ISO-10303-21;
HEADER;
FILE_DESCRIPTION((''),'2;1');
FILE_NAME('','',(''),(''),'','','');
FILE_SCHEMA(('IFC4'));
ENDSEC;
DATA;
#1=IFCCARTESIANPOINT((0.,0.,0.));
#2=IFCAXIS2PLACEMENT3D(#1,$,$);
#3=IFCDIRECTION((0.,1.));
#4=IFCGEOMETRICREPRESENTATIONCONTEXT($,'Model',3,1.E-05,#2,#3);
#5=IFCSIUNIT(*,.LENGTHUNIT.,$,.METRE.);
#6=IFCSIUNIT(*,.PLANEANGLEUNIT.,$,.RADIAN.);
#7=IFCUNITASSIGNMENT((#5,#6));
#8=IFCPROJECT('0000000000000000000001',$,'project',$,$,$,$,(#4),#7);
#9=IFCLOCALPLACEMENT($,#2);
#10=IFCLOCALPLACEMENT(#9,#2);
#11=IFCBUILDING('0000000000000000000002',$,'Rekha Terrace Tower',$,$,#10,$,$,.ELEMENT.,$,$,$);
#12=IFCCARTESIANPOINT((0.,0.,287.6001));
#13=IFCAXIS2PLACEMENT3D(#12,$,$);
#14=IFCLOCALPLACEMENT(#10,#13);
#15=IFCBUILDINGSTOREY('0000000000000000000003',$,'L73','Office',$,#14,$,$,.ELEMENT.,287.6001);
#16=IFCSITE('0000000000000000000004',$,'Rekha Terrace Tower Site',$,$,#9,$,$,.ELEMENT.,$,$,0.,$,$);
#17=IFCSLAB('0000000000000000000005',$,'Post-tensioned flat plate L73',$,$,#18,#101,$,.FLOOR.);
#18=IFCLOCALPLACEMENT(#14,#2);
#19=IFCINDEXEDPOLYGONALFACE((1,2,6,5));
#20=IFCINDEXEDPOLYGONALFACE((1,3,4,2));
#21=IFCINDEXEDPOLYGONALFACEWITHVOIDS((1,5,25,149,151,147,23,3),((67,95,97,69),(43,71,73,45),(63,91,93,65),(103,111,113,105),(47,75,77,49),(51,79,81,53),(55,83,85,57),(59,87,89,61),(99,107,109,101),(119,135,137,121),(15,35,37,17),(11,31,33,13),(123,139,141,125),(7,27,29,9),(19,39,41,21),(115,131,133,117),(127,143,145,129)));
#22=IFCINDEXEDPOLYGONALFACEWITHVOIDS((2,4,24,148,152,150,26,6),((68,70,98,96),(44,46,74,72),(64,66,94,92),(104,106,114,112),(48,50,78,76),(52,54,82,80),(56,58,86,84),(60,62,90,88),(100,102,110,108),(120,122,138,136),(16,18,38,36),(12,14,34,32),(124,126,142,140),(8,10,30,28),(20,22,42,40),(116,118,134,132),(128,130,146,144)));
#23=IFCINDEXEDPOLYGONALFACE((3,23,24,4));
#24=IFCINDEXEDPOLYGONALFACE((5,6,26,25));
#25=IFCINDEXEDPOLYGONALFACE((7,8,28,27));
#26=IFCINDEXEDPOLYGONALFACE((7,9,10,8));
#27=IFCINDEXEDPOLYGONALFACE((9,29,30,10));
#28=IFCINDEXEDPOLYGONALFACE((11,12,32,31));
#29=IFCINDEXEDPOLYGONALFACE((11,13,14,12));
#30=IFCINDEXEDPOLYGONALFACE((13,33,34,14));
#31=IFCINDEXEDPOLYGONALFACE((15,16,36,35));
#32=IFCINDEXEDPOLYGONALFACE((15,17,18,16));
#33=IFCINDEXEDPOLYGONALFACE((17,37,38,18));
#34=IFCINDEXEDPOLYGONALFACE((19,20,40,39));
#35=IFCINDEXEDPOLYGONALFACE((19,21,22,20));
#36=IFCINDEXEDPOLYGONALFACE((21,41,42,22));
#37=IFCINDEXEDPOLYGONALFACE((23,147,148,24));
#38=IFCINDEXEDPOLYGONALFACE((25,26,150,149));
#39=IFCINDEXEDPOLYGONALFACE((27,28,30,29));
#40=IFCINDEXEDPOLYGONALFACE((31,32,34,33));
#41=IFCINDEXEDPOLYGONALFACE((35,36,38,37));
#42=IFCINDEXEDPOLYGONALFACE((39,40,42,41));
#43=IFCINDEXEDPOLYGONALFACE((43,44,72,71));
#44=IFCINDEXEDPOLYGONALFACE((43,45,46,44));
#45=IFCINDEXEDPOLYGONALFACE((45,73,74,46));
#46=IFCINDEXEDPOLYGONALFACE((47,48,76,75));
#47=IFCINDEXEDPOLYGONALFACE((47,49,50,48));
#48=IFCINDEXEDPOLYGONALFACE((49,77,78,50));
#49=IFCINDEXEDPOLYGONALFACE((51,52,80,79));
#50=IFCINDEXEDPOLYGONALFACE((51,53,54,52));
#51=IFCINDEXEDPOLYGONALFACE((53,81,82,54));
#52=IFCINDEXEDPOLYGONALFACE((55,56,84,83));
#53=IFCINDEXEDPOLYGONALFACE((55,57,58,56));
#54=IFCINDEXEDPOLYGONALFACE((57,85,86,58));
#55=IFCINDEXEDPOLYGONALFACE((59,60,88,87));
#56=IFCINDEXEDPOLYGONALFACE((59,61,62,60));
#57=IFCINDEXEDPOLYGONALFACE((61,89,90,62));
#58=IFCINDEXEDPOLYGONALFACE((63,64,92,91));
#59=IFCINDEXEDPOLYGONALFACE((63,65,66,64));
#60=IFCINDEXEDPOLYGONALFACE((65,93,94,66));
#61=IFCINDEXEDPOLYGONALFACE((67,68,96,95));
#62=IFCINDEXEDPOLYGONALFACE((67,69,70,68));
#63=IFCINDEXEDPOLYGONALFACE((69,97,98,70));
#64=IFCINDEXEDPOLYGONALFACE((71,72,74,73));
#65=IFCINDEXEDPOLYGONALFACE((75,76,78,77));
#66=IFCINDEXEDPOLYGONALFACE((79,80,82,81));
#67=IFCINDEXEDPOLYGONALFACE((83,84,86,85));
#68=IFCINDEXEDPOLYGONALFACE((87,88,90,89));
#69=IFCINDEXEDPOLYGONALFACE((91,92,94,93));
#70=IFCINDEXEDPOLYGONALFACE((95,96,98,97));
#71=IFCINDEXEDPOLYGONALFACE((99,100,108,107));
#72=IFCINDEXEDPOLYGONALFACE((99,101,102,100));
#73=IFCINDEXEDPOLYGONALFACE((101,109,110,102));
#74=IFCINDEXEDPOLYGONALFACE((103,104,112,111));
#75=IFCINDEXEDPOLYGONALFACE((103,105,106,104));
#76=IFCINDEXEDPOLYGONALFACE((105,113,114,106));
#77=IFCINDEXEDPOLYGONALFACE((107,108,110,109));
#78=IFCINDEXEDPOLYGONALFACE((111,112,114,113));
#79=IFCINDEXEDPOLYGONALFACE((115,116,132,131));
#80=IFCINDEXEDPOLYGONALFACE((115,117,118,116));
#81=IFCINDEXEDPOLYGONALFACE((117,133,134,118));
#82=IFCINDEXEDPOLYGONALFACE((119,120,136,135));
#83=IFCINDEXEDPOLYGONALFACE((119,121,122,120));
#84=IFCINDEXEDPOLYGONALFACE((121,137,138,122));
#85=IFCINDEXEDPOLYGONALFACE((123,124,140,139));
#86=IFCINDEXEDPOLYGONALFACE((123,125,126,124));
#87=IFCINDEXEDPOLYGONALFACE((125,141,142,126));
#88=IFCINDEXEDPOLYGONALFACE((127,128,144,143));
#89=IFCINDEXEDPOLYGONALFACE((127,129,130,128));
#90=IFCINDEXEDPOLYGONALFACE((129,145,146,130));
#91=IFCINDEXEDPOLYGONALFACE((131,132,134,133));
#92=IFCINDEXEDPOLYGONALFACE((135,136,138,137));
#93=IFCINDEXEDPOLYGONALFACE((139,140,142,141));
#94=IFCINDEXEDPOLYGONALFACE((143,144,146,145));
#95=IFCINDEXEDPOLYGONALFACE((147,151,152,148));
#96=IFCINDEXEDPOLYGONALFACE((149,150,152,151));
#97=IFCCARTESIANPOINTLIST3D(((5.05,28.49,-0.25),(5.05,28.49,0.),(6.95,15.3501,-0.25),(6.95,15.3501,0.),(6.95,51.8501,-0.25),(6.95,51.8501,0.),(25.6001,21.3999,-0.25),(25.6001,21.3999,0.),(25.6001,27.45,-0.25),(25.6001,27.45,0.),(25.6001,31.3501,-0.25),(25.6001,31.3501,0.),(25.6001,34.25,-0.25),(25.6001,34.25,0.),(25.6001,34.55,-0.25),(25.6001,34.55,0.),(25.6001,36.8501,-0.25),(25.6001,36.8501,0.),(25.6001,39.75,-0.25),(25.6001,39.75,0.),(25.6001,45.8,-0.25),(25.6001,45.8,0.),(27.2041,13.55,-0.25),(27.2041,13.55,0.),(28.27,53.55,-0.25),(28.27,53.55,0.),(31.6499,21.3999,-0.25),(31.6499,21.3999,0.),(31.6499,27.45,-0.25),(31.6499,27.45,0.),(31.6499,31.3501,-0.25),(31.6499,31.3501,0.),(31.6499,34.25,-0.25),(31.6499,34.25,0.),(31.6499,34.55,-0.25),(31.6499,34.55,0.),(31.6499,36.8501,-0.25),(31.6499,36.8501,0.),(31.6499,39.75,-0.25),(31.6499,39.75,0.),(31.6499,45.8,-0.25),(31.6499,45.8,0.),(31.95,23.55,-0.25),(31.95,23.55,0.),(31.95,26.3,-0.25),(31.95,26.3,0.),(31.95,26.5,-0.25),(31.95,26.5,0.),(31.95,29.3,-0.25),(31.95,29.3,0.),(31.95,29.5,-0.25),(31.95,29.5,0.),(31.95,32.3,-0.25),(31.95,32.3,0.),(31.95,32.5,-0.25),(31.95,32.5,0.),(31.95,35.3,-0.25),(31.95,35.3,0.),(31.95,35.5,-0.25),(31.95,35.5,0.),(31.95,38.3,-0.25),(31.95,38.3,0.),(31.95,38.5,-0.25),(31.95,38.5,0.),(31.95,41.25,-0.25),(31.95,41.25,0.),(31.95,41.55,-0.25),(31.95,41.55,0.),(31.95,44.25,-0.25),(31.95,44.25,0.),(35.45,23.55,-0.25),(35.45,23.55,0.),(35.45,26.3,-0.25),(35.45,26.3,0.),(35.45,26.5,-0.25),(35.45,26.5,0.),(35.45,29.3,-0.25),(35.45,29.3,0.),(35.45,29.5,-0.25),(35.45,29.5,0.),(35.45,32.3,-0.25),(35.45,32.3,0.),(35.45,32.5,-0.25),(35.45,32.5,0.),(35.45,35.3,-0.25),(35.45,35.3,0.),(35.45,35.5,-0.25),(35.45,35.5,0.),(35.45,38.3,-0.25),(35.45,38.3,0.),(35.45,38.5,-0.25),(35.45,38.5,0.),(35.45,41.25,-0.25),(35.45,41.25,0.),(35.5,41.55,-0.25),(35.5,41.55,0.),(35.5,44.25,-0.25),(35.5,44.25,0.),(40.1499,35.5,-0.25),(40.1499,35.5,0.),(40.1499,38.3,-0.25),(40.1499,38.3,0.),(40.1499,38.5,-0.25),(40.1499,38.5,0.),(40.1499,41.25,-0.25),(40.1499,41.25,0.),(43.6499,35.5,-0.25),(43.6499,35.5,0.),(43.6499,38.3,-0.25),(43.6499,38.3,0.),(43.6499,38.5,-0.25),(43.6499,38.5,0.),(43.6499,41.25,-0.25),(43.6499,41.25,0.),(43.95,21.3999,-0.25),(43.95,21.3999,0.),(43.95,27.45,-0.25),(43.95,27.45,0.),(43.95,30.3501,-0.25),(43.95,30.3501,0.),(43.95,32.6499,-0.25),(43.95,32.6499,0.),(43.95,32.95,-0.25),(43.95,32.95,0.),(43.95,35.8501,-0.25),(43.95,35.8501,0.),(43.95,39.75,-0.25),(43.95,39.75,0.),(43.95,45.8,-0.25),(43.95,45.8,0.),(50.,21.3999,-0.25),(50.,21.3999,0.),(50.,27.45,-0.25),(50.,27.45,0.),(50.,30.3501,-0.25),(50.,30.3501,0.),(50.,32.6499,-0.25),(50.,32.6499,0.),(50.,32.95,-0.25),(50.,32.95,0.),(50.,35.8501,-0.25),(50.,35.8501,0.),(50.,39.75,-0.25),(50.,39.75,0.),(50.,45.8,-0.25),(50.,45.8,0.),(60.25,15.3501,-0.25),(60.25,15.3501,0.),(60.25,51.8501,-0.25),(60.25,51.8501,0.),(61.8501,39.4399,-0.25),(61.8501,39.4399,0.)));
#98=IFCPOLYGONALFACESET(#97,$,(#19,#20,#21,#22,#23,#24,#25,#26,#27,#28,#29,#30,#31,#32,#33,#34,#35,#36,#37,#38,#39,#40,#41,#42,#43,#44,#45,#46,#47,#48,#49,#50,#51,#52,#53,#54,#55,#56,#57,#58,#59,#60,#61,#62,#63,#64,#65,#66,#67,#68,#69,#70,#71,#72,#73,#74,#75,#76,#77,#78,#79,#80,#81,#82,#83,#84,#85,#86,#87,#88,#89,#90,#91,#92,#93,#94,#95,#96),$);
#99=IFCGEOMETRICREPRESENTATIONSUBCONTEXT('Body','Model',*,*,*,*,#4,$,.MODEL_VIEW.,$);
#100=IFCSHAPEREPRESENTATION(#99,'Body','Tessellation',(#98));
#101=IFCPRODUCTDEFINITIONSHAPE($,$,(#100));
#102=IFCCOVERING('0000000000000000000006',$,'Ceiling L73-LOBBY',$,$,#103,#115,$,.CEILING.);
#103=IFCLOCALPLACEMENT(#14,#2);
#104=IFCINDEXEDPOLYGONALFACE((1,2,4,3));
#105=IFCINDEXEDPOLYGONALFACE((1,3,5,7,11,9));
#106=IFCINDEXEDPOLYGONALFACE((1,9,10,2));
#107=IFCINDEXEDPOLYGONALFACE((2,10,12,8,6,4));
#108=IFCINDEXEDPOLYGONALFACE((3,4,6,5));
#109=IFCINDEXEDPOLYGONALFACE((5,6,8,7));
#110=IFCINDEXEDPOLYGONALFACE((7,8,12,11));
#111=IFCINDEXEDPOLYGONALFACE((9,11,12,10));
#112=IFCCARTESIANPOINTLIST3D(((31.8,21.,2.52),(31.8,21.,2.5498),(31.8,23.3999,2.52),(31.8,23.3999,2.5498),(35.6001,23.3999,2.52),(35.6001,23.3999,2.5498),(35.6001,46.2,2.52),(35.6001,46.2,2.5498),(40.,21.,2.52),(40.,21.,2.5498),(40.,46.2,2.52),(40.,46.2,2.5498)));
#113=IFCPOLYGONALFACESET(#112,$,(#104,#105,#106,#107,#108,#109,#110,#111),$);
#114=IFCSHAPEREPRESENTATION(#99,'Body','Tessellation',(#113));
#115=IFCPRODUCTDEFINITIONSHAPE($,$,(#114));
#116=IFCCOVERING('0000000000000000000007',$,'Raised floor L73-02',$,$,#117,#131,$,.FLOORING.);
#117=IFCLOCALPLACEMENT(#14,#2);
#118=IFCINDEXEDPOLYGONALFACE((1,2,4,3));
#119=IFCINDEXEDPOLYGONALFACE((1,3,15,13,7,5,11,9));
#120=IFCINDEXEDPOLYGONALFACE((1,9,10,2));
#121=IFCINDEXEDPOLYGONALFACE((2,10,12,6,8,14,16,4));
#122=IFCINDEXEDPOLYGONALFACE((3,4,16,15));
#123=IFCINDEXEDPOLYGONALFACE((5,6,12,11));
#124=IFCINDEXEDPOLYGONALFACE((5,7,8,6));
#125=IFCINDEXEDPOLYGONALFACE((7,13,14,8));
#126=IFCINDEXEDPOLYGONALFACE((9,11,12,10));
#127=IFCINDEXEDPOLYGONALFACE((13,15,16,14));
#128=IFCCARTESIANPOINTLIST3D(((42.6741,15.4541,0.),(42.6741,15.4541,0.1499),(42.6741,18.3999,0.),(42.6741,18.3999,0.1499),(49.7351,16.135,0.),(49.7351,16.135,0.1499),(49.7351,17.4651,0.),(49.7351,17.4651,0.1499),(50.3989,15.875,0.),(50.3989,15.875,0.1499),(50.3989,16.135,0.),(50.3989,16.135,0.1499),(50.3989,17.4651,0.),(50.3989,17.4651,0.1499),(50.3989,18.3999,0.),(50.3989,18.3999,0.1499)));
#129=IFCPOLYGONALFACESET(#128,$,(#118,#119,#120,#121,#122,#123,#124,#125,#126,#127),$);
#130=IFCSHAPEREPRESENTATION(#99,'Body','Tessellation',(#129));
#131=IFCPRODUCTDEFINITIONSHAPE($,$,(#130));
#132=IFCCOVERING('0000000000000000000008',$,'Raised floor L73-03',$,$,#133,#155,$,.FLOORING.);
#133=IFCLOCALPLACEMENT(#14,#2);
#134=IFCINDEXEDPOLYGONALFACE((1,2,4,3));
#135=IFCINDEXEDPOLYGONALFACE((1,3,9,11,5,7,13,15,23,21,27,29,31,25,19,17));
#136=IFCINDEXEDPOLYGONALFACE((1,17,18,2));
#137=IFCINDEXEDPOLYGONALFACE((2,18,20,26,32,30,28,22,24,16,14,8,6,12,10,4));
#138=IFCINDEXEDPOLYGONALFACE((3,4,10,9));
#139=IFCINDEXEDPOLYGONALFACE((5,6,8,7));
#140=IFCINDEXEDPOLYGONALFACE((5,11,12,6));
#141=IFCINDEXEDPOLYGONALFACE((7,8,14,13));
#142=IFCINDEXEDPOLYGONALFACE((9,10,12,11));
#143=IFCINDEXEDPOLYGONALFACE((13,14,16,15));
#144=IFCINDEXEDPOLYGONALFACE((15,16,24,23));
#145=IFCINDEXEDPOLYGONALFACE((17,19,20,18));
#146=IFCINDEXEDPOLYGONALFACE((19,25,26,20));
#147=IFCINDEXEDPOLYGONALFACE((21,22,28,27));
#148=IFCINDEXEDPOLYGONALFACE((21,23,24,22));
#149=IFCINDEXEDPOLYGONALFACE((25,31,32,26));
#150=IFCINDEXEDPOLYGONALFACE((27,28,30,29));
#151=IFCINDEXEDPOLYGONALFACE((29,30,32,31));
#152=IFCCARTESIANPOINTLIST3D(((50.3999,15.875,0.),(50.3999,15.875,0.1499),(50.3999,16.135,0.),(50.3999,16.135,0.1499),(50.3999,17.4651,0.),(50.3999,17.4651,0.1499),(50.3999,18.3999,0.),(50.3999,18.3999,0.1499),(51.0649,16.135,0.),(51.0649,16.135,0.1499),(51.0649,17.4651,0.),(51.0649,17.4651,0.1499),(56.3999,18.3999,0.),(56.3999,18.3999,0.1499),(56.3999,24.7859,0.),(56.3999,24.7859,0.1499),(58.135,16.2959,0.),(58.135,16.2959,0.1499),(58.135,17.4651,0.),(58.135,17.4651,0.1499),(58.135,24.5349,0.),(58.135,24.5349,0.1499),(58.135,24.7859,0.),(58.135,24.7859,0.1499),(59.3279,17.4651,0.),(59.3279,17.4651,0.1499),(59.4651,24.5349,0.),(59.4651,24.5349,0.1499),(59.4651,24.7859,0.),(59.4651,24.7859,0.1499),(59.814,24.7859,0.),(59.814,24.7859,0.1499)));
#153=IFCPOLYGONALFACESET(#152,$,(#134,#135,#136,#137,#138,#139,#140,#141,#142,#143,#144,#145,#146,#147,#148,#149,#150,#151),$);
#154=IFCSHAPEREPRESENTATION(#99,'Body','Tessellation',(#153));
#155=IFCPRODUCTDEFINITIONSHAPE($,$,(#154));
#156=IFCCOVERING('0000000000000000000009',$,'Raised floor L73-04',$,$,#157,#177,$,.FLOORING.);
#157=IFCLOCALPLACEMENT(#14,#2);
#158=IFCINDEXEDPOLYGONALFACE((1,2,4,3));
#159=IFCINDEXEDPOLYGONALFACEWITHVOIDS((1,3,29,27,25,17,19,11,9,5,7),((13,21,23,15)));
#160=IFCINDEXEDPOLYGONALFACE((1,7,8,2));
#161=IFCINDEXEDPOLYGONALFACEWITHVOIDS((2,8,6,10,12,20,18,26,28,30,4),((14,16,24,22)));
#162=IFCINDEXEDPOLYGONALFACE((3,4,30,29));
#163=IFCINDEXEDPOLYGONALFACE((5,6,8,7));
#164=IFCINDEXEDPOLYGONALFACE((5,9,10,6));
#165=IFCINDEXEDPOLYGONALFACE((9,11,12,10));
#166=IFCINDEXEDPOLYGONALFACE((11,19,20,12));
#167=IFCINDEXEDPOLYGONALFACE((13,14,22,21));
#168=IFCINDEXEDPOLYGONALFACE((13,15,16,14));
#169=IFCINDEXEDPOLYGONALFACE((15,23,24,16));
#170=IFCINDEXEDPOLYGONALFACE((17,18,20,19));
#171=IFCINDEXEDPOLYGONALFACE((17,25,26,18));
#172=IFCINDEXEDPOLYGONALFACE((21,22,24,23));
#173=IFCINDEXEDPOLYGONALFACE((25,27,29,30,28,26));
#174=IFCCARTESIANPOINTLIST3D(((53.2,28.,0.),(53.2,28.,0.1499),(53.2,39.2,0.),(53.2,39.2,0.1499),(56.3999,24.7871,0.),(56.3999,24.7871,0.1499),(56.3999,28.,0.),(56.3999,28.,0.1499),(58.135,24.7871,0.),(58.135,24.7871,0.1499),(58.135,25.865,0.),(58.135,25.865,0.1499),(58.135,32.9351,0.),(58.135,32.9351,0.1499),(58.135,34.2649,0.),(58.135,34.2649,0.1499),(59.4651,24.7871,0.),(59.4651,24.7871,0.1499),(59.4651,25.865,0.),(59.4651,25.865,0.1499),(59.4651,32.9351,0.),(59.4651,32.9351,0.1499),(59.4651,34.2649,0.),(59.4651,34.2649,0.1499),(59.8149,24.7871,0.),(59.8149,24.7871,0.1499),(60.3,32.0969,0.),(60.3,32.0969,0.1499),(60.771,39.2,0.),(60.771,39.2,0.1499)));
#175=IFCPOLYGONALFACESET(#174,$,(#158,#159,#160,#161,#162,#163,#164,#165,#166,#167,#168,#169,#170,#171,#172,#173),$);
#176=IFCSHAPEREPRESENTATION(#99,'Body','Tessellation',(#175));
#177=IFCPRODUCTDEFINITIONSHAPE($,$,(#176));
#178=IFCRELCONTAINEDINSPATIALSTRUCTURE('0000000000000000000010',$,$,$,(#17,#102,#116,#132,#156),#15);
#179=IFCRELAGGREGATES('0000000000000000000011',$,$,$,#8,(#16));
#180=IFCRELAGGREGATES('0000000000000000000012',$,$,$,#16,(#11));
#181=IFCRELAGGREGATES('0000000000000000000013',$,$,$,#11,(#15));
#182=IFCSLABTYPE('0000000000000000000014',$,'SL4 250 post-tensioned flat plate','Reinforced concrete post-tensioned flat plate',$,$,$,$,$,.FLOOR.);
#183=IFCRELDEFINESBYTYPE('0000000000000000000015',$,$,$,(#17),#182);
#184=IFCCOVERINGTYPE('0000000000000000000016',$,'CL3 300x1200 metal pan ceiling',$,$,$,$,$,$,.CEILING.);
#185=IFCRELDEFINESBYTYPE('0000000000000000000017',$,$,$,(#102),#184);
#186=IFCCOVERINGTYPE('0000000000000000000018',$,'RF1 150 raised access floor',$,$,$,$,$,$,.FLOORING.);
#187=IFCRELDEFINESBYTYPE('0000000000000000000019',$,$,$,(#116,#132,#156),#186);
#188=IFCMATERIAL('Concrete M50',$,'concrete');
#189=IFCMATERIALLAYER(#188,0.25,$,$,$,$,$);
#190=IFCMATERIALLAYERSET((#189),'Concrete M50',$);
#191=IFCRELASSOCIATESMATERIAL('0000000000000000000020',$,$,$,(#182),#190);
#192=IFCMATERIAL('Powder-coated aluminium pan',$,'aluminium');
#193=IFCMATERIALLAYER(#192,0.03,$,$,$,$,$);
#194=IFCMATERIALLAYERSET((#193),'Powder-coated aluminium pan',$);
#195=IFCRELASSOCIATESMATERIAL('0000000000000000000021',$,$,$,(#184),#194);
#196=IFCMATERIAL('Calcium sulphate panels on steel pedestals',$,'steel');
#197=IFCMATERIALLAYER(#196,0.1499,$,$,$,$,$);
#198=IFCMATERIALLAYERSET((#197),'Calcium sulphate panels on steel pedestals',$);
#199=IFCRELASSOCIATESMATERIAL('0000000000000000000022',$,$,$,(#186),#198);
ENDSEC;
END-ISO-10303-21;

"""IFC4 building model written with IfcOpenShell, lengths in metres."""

from ifc_helpers import new_model, si_unit, direction, frame, origin, place, context, subcontext, project, spatial, polyline, outline, extrude, material, layer, layer_set, type_object, element, save


model = new_model("IFC4")

# Units and contexts
model_context = context("Model", 3, precision=1e-05, world=origin(), true_north=direction((0.0, 1.0)))
body_context = subcontext(model_context, "Body", "Model", "MODEL_VIEW")
ifc_project = project(units=[si_unit("LENGTHUNIT", "METRE"), si_unit("PLANEANGLEUNIT", "RADIAN")], contexts=[model_context])

# Site, building, storey
site_placement = place(None, origin())
site = spatial("IfcSite", under=ifc_project, at=site_placement, Name="Rekha Terrace Tower Site", CompositionType="ELEMENT", RefElevation=0.0)
building_placement = place(site_placement, origin())
building = spatial("IfcBuilding", under=site, at=building_placement, Name="Rekha Terrace Tower", CompositionType="ELEMENT")
storey_placement = place(building_placement, frame((0.0, 0.0, 287.6001)))
storey = spatial("IfcBuildingStorey", under=building, at=storey_placement, Name="L73", Description="Office", CompositionType="ELEMENT", Elevation=287.6001)

# Slab
ifc_material_1 = material(Name="Concrete M50", Category="concrete")
ifc_layer_1 = layer(ifc_material_1, 0.25)
ifc_layer_set_1 = layer_set([ifc_layer_1], Name="Concrete M50")
slab_type_1 = type_object("IfcSlabType", Name="SL4 250 post-tensioned flat plate", Description="Reinforced concrete post-tensioned flat plate", PredefinedType="FLOOR", material=ifc_layer_set_1)
slab_1_placement = place(storey_placement, frame((0.0, 0.0, -0.25)))
element("IfcSlab", 1, at=slab_1_placement, inside=storey, type_object=slab_type_1, Name="Post-tensioned flat plate L73", PredefinedType="FLOOR", context=body_context, shape_type="SweptSolid", body=[
    extrude(outline(polyline([(5.05, 28.49), (6.95, 15.3501), (27.2041, 13.55), (60.25, 15.3501), (61.8501, 39.4399), (60.25, 51.8501), (28.27, 53.55), (6.95, 51.8501), (5.05, 28.49)]), holes=[polyline([(31.6499, 27.45), (31.6499, 21.3999), (25.6001, 21.3999), (25.6001, 27.45), (31.6499, 27.45)]), polyline([(35.45, 26.3), (35.45, 23.55), (31.95, 23.55), (31.95, 26.3), (35.45, 26.3)]), polyline([(35.45, 29.3), (35.45, 26.5), (31.95, 26.5), (31.95, 29.3), (35.45, 29.3)]), polyline([(35.45, 32.3), (35.45, 29.5), (31.95, 29.5), (31.95, 32.3), (35.45, 32.3)]), polyline([(31.6499, 34.25), (31.6499, 31.3501), (25.6001, 31.3501), (25.6001, 34.25), (31.6499, 34.25)]), polyline([(35.45, 35.3), (35.45, 32.5), (31.95, 32.5), (31.95, 35.3), (35.45, 35.3)]), polyline([(31.6499, 36.8501), (31.6499, 34.55), (25.6001, 34.55), (25.6001, 36.8501), (31.6499, 36.8501)]), polyline([(35.45, 38.3), (35.45, 35.5), (31.95, 35.5), (31.95, 38.3), (35.45, 38.3)]), polyline([(31.6499, 45.8), (31.6499, 39.75), (25.6001, 39.75), (25.6001, 45.8), (31.6499, 45.8)]), polyline([(50.0, 27.45), (50.0, 21.3999), (43.95, 21.3999), (43.95, 27.45), (50.0, 27.45)]), polyline([(50.0, 32.6499), (50.0, 30.3501), (43.95, 30.3501), (43.95, 32.6499), (50.0, 32.6499)]), polyline([(50.0, 35.8501), (50.0, 32.95), (43.95, 32.95), (43.95, 35.8501), (50.0, 35.8501)]), polyline([(43.6499, 38.3), (43.6499, 35.5), (40.1499, 35.5), (40.1499, 38.3), (43.6499, 38.3)]), polyline([(35.45, 41.25), (35.45, 38.5), (31.95, 38.5), (31.95, 41.25), (35.45, 41.25)]), polyline([(43.6499, 41.25), (43.6499, 38.5), (40.1499, 38.5), (40.1499, 41.25), (43.6499, 41.25)]), polyline([(50.0, 39.75), (43.95, 39.75), (43.95, 45.8), (50.0, 45.8), (50.0, 39.75)]), polyline([(35.5, 41.55), (31.95, 41.55), (31.95, 44.25), (35.5, 44.25), (35.5, 41.55)])]), origin(), (0.0, 0.0, 1.0), 0.25),
])

# Coverings
ifc_material_2 = material(Name="Powder-coated aluminium pan", Category="aluminium")
ifc_layer_2 = layer(ifc_material_2, 0.03)
ifc_layer_set_2 = layer_set([ifc_layer_2], Name="Powder-coated aluminium pan")
covering_type_1 = type_object("IfcCoveringType", Name="CL3 300x1200 metal pan ceiling", PredefinedType="CEILING", material=ifc_layer_set_2)
covering_1_placement = place(storey_placement, frame((0.0, 0.0, 2.52)))
element("IfcCovering", 2, at=covering_1_placement, inside=storey, type_object=covering_type_1, Name="Ceiling L73-LOBBY", PredefinedType="CEILING", context=body_context, shape_type="SweptSolid", body=[
    extrude(outline(polyline([(35.6001, 46.2), (35.6001, 23.3999), (31.8, 23.3999), (31.8, 21.0), (40.0, 21.0), (40.0, 46.2), (35.6001, 46.2)])), origin(), (0.0, 0.0, 1.0), 0.0298),
])
ifc_material_3 = material(Name="Calcium sulphate panels on steel pedestals", Category="steel")
ifc_layer_3 = layer(ifc_material_3, 0.1499)
ifc_layer_set_3 = layer_set([ifc_layer_3], Name="Calcium sulphate panels on steel pedestals")
covering_type_2 = type_object("IfcCoveringType", Name="RF1 150 raised access floor", PredefinedType="FLOORING", material=ifc_layer_set_3)
covering_2_placement = place(storey_placement, origin())
element("IfcCovering", 3, at=covering_2_placement, inside=storey, type_object=covering_type_2, Name="Raised floor L73-02", PredefinedType="FLOORING", context=body_context, shape_type="SweptSolid", body=[
    extrude(outline(polyline([(50.3989, 17.4651), (50.3989, 18.3999), (42.6741, 18.3999), (42.6741, 15.4541), (50.3989, 15.875), (50.3989, 16.135), (49.7351, 16.135), (49.7351, 17.4651), (50.3989, 17.4651)])), origin(), (0.0, 0.0, 1.0), 0.1499),
])
covering_3_placement = place(storey_placement, origin())
element("IfcCovering", 4, at=covering_3_placement, inside=storey, type_object=covering_type_2, Name="Raised floor L73-03", PredefinedType="FLOORING", context=body_context, shape_type="SweptSolid", body=[
    extrude(outline(polyline([(58.135, 17.4651), (59.3279, 17.4651), (59.814, 24.7859), (59.4651, 24.7859), (59.4651, 24.5349), (58.135, 24.5349), (58.135, 24.7859), (56.3999, 24.7859), (56.3999, 18.3999), (50.3999, 18.3999), (50.3999, 17.4651), (51.0649, 17.4651), (51.0649, 16.135), (50.3999, 16.135), (50.3999, 15.875), (58.135, 16.2959), (58.135, 17.4651)])), origin(), (0.0, 0.0, 1.0), 0.1499),
])
covering_4_placement = place(storey_placement, origin())
element("IfcCovering", 5, at=covering_4_placement, inside=storey, type_object=covering_type_2, Name="Raised floor L73-04", PredefinedType="FLOORING", context=body_context, shape_type="SweptSolid", body=[
    extrude(outline(polyline([(60.771, 39.2), (53.2, 39.2), (53.2, 28.0), (56.3999, 28.0), (56.3999, 24.7871), (58.135, 24.7871), (58.135, 25.865), (59.4651, 25.865), (59.4651, 24.7871), (59.8149, 24.7871), (60.3, 32.0969), (60.771, 39.2)]), holes=[polyline([(59.4651, 34.2649), (59.4651, 32.9351), (58.135, 32.9351), (58.135, 34.2649), (59.4651, 34.2649)])]), origin(), (0.0, 0.0, 1.0), 0.1499),
])

save(model, "model.ifc")
